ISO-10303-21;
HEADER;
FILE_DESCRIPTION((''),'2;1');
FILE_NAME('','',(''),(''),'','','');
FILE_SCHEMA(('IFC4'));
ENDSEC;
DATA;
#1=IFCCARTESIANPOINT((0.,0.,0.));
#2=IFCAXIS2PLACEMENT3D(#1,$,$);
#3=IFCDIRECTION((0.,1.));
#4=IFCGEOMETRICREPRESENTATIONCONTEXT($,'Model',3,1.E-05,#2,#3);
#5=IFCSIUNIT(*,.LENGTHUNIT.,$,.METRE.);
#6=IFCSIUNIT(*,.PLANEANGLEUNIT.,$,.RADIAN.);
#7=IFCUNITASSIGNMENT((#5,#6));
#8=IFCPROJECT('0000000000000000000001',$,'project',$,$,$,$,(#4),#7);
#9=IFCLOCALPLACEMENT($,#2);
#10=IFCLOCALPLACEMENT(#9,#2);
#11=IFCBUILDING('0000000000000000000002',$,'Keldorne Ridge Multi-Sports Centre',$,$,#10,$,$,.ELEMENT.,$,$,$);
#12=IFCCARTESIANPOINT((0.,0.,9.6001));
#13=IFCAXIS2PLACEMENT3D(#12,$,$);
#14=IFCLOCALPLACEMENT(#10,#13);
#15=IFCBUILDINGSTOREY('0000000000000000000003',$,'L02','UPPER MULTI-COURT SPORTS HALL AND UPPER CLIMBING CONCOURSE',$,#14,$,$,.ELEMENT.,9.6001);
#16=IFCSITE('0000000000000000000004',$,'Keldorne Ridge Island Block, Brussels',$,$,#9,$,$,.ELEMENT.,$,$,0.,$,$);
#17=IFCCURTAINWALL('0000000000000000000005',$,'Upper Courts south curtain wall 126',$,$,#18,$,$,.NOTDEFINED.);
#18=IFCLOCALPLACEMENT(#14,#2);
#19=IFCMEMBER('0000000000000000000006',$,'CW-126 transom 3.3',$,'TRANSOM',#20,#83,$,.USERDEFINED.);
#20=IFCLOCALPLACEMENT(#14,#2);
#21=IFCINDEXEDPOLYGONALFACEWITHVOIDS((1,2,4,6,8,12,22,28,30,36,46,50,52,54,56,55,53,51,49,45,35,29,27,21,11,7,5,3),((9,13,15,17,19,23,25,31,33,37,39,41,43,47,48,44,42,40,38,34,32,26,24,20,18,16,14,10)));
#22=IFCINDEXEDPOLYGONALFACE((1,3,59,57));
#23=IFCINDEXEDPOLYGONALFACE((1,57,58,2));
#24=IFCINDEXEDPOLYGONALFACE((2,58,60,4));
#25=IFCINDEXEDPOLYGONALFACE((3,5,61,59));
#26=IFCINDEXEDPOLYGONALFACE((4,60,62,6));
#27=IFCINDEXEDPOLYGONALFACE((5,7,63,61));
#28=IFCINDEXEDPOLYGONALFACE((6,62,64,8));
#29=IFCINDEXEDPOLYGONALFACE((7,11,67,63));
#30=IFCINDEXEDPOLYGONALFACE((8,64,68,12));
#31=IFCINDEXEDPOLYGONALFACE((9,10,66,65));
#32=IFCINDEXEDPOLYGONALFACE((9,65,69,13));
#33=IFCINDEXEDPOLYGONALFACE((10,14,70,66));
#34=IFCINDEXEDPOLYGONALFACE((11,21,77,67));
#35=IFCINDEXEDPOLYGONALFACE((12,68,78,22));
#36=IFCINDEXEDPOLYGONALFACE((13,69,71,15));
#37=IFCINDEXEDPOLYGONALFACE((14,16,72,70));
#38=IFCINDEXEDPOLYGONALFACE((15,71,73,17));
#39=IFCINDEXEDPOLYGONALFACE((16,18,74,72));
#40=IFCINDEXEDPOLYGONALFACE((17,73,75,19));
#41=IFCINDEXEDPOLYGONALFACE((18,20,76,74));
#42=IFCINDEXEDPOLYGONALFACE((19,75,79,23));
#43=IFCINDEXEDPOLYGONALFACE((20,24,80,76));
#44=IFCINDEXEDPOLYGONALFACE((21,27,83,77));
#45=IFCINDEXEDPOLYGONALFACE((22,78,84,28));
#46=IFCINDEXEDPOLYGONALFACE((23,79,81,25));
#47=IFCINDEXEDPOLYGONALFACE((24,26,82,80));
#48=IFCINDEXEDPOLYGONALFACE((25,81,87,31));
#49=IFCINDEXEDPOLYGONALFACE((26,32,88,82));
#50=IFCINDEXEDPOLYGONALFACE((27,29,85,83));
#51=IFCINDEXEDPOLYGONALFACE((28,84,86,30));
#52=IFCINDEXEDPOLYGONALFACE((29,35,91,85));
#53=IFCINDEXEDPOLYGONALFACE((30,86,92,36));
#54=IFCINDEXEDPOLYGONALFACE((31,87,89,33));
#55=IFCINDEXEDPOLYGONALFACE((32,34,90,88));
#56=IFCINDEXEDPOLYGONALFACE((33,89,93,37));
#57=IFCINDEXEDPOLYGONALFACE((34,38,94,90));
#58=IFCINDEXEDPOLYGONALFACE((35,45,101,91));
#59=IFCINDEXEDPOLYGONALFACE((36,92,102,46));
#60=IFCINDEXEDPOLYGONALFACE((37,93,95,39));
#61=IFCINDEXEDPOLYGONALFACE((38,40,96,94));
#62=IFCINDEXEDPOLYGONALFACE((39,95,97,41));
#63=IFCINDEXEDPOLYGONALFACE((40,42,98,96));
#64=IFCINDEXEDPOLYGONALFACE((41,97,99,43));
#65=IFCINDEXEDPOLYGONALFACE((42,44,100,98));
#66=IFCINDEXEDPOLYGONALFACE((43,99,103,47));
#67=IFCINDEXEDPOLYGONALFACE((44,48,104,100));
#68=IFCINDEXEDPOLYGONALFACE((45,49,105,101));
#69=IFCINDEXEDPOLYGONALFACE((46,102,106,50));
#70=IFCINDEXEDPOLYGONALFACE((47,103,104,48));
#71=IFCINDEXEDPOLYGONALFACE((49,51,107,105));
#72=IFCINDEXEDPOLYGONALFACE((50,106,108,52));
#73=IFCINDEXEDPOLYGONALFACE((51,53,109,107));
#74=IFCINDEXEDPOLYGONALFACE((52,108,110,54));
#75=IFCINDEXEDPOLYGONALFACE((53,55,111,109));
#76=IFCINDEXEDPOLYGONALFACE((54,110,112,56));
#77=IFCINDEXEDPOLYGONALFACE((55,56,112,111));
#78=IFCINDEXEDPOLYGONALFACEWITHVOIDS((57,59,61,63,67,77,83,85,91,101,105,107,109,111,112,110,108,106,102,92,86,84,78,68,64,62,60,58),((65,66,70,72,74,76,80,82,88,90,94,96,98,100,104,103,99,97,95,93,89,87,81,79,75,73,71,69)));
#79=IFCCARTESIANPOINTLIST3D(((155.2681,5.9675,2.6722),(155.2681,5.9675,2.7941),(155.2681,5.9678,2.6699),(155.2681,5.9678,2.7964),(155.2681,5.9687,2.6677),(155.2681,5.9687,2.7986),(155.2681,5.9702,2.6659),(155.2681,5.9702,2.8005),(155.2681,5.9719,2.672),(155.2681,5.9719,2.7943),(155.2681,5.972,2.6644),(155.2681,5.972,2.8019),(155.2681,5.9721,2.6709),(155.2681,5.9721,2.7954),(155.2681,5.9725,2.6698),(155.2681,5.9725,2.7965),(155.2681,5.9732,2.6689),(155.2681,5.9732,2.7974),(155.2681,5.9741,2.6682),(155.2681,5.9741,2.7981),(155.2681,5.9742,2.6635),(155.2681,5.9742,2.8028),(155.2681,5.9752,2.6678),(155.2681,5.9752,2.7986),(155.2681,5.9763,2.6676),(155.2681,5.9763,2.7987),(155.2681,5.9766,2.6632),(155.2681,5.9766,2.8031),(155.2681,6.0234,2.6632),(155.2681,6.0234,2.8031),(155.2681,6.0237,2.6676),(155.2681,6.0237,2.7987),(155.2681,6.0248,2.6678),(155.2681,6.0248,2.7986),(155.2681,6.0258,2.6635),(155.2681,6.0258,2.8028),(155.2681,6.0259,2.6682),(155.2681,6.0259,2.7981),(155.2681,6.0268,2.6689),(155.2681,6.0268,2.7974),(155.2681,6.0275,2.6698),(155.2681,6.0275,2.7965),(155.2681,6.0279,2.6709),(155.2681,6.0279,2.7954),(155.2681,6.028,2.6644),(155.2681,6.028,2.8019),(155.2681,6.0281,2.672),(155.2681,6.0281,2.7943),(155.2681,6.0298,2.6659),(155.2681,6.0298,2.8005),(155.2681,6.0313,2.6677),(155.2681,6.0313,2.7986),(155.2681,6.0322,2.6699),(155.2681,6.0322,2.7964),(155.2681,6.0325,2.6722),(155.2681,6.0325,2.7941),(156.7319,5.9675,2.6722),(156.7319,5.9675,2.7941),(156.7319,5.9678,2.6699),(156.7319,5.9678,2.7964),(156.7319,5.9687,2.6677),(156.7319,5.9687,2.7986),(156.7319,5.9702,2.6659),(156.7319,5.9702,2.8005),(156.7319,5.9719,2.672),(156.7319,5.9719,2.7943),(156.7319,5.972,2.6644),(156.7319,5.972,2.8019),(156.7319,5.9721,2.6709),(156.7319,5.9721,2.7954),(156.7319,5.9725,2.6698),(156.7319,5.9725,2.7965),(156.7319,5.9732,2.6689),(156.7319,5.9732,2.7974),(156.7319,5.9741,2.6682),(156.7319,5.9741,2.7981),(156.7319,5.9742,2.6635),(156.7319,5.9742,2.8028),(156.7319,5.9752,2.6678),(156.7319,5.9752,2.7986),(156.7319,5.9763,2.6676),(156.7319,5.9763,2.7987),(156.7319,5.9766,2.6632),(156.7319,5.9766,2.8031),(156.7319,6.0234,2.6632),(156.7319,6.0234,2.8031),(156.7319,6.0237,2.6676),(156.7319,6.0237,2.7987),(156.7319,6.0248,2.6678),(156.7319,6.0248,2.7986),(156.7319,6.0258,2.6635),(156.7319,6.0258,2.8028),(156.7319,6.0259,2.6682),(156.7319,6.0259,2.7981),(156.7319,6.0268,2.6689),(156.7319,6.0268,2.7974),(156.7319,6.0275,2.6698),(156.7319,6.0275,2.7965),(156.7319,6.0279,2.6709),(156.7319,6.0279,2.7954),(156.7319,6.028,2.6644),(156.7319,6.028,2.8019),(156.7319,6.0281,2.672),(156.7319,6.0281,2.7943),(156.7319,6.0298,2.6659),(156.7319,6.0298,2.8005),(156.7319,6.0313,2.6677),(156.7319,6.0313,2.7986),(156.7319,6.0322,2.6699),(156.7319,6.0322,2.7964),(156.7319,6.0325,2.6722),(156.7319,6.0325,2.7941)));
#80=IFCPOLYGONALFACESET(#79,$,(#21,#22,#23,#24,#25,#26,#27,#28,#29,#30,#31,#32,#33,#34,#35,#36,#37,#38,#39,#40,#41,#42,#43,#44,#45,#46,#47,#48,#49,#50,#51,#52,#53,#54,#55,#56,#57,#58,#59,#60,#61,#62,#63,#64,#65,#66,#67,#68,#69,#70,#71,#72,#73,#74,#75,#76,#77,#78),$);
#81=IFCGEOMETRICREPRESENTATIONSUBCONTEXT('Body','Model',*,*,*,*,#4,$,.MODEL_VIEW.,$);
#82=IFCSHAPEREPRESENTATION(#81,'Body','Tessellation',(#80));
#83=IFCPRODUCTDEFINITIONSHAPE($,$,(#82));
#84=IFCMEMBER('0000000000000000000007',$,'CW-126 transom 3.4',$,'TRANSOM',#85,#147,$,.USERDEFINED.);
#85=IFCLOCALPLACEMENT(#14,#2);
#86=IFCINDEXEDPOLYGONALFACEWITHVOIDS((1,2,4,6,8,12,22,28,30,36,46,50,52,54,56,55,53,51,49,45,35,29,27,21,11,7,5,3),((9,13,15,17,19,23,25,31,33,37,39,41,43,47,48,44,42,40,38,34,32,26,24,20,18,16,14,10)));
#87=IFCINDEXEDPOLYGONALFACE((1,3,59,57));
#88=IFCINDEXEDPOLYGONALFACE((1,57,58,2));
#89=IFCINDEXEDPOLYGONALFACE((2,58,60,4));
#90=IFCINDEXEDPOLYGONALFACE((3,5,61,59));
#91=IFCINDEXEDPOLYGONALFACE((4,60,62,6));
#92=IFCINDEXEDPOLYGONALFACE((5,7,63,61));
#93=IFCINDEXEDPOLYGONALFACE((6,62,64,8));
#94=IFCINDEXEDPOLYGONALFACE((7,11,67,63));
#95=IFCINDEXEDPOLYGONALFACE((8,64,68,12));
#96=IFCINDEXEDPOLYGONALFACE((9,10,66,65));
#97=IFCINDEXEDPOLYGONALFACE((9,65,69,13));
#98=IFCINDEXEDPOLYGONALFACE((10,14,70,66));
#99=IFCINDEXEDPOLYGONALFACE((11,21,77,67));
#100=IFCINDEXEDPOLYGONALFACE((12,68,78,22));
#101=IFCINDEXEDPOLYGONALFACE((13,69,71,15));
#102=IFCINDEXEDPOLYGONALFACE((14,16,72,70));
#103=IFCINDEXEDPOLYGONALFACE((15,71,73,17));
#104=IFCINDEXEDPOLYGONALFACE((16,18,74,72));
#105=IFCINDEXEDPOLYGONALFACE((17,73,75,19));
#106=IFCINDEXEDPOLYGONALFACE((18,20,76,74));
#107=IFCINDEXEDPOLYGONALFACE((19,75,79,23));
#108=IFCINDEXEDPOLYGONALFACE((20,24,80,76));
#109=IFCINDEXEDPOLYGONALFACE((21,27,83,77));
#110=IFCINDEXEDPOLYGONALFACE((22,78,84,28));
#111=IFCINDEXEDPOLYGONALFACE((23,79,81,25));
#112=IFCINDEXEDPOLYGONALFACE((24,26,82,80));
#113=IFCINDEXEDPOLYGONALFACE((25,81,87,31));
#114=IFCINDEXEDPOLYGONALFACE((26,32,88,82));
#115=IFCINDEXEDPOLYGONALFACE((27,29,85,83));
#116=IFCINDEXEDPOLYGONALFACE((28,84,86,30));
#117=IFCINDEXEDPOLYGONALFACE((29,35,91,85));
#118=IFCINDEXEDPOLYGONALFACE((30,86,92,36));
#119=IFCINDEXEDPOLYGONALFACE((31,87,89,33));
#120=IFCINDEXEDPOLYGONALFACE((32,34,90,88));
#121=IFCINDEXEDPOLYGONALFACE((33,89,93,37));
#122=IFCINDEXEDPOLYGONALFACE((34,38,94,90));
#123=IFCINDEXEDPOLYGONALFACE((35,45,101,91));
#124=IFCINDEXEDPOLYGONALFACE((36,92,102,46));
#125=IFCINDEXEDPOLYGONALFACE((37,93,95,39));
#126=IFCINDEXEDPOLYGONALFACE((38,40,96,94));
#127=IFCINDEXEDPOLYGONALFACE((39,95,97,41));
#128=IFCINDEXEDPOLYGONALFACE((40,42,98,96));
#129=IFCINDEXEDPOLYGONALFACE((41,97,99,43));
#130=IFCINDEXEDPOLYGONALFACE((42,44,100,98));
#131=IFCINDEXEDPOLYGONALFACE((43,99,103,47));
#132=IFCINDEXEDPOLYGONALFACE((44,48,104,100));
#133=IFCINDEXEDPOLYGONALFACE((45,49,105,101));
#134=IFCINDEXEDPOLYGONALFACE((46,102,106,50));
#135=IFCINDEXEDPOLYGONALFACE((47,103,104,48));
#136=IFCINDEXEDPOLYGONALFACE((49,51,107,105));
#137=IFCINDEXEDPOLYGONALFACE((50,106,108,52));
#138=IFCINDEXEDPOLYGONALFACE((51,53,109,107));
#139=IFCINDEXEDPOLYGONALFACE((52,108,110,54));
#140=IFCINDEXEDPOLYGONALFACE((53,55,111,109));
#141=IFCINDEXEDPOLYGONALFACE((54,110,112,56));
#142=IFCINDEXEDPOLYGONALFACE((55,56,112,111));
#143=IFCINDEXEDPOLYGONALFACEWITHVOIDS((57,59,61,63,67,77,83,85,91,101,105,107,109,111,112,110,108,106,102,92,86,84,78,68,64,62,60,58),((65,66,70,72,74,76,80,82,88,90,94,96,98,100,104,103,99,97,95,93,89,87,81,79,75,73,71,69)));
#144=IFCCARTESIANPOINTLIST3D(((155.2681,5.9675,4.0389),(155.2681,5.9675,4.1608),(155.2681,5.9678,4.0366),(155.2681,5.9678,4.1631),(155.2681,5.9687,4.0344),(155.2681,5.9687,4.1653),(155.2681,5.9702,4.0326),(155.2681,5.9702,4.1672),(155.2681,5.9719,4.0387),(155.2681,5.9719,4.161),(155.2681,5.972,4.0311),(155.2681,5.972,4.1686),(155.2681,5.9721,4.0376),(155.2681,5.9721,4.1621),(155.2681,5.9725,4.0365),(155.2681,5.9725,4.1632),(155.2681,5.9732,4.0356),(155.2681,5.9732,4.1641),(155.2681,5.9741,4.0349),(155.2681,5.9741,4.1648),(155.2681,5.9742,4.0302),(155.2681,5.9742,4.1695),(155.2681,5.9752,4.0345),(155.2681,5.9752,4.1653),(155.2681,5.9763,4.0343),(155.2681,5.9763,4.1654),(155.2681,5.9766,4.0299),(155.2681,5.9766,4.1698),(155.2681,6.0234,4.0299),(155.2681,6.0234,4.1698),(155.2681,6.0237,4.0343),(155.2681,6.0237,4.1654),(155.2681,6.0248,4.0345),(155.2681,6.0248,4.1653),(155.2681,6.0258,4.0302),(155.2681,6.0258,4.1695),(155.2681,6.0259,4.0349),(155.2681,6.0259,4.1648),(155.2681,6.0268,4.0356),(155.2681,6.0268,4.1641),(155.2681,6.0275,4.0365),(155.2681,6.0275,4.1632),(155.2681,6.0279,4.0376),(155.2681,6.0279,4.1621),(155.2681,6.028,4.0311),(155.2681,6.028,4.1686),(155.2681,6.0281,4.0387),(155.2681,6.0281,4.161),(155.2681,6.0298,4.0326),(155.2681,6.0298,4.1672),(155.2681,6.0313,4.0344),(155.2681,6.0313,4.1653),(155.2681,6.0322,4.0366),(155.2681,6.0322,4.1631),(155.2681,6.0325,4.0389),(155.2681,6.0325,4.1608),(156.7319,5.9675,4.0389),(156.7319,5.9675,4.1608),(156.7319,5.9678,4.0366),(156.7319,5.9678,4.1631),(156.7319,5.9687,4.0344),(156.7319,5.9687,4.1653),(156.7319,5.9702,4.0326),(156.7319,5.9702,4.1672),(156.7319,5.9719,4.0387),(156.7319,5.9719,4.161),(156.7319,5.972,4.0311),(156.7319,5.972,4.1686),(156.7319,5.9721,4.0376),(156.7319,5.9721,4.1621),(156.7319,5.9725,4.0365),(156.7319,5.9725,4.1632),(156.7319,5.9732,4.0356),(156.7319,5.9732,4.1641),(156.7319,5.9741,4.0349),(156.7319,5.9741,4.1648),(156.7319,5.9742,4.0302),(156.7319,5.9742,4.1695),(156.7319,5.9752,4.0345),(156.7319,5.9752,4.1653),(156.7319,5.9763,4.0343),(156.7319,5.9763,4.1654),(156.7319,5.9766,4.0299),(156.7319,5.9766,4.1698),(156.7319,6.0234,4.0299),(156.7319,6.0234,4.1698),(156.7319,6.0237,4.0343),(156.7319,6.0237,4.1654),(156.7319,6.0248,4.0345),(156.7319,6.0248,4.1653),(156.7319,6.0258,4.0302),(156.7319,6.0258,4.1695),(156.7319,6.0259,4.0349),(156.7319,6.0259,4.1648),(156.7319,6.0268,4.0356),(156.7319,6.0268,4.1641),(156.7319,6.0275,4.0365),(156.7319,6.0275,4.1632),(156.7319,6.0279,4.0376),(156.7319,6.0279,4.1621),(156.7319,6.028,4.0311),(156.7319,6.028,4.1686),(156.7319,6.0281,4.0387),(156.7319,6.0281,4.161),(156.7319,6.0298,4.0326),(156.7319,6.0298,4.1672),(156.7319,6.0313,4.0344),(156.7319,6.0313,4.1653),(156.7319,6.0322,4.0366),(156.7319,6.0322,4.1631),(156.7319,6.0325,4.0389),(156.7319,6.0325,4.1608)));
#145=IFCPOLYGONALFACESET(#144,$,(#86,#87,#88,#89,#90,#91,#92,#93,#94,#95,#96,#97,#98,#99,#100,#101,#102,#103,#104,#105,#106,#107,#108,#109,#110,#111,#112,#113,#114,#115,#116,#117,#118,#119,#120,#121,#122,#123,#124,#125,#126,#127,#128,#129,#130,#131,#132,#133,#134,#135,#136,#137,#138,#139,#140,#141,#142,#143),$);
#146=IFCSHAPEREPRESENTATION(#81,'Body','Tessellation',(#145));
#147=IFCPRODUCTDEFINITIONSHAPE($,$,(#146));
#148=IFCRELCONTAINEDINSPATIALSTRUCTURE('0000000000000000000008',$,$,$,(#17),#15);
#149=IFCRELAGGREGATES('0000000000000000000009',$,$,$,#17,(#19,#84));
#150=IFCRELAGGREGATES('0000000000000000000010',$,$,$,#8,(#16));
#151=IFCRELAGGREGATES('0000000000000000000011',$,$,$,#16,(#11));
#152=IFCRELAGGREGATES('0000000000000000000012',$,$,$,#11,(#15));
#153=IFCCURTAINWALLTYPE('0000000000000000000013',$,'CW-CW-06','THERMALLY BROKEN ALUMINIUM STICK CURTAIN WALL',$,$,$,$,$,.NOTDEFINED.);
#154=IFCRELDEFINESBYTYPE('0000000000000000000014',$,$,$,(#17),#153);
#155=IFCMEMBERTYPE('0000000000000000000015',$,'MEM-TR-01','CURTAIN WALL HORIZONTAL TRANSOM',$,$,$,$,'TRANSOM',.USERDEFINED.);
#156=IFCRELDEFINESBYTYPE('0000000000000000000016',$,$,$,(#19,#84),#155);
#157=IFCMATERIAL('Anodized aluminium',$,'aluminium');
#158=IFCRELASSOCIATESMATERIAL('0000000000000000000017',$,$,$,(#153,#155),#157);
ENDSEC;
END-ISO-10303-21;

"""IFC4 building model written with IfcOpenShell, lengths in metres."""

from ifc_helpers import new_model, si_unit, direction, frame, origin, origin_2d, place, context, subcontext, project, spatial, hollow_rectangle, extrude, material, material_profile, profile_set, type_object, element, aggregate, save


model = new_model("IFC4")

# Units and contexts
model_context = context("Model", 3, precision=1e-05, world=origin(), true_north=direction((0.0, 1.0)))
body_context = subcontext(model_context, "Body", "Model", "MODEL_VIEW")
ifc_project = project(units=[si_unit("LENGTHUNIT", "METRE"), si_unit("PLANEANGLEUNIT", "RADIAN")], contexts=[model_context])

# Site, building, storey
site_placement = place(None, origin())
site = spatial("IfcSite", under=ifc_project, at=site_placement, Name="Keldorne Ridge Island Block, Brussels", CompositionType="ELEMENT", RefElevation=0.0)
building_placement = place(site_placement, origin())
building = spatial("IfcBuilding", under=site, at=building_placement, Name="Keldorne Ridge Multi-Sports Centre", CompositionType="ELEMENT")
storey_placement = place(building_placement, frame((0.0, 0.0, 9.6001)))
storey = spatial("IfcBuildingStorey", under=building, at=storey_placement, Name="L02", Description="UPPER MULTI-COURT SPORTS HALL AND UPPER CLIMBING CONCOURSE", CompositionType="ELEMENT", Elevation=9.6001)

# Curtain wall, members
ifc_material_1 = material(Name="Anodized aluminium", Category="aluminium")
curtain_wall_type = type_object("IfcCurtainWallType", Name="CW-CW-06", Description="THERMALLY BROKEN ALUMINIUM STICK CURTAIN WALL", PredefinedType="NOTDEFINED", material=ifc_material_1)
curtain_wall_placement = place(storey_placement, origin())
curtain_wall = element("IfcCurtainWall", 1, at=curtain_wall_placement, inside=storey, type_object=curtain_wall_type, Name="Upper Courts south curtain wall 126", PredefinedType="NOTDEFINED")
ifc_material_profile_1 = material_profile(ifc_material_1, hollow_rectangle(XDim=0.0649, YDim=0.1399, WallThickness=0.0044, InnerFilletRadius=0.0044, OuterFilletRadius=0.009, at=origin_2d()), Name="ALU TRANSOM 140x65x4.5")
ifc_profile_set_1 = profile_set([ifc_material_profile_1], Name="Anodized aluminium")
member_type_1 = type_object("IfcMemberType", Name="MEM-TR-01", Description="CURTAIN WALL HORIZONTAL TRANSOM", ElementType="TRANSOM", PredefinedType="USERDEFINED", material=ifc_profile_set_1)
member_1_placement = place(storey_placement, frame((155.2681, 6.0, 2.7332), z_axis=(1.0, 0.0, 0.0), x_axis=(0.0, 1.0, 0.0)))
member_1 = element("IfcMember", 2, at=member_1_placement, type_object=member_type_1, Name="CW-126 transom 3.3", ObjectType="TRANSOM", PredefinedType="USERDEFINED", context=body_context, shape_type="SweptSolid", body=[
    extrude(hollow_rectangle(XDim=0.0649, YDim=0.1399, WallThickness=0.0044, InnerFilletRadius=0.0044, OuterFilletRadius=0.009, at=origin_2d()), origin(), (0.0, 0.0, 1.0), 1.4639),
])
member_2_placement = place(storey_placement, frame((155.2681, 6.0, 4.0999), z_axis=(1.0, 0.0, 0.0), x_axis=(0.0, 1.0, 0.0)))
member_2 = element("IfcMember", 3, at=member_2_placement, type_object=member_type_1, Name="CW-126 transom 3.4", ObjectType="TRANSOM", PredefinedType="USERDEFINED", context=body_context, shape_type="SweptSolid", body=[
    extrude(hollow_rectangle(XDim=0.0649, YDim=0.1399, WallThickness=0.0044, InnerFilletRadius=0.0044, OuterFilletRadius=0.009, at=origin_2d()), origin(), (0.0, 0.0, 1.0), 1.4639),
])
aggregate(curtain_wall, [member_1, member_2])

save(model, "model.ifc")
